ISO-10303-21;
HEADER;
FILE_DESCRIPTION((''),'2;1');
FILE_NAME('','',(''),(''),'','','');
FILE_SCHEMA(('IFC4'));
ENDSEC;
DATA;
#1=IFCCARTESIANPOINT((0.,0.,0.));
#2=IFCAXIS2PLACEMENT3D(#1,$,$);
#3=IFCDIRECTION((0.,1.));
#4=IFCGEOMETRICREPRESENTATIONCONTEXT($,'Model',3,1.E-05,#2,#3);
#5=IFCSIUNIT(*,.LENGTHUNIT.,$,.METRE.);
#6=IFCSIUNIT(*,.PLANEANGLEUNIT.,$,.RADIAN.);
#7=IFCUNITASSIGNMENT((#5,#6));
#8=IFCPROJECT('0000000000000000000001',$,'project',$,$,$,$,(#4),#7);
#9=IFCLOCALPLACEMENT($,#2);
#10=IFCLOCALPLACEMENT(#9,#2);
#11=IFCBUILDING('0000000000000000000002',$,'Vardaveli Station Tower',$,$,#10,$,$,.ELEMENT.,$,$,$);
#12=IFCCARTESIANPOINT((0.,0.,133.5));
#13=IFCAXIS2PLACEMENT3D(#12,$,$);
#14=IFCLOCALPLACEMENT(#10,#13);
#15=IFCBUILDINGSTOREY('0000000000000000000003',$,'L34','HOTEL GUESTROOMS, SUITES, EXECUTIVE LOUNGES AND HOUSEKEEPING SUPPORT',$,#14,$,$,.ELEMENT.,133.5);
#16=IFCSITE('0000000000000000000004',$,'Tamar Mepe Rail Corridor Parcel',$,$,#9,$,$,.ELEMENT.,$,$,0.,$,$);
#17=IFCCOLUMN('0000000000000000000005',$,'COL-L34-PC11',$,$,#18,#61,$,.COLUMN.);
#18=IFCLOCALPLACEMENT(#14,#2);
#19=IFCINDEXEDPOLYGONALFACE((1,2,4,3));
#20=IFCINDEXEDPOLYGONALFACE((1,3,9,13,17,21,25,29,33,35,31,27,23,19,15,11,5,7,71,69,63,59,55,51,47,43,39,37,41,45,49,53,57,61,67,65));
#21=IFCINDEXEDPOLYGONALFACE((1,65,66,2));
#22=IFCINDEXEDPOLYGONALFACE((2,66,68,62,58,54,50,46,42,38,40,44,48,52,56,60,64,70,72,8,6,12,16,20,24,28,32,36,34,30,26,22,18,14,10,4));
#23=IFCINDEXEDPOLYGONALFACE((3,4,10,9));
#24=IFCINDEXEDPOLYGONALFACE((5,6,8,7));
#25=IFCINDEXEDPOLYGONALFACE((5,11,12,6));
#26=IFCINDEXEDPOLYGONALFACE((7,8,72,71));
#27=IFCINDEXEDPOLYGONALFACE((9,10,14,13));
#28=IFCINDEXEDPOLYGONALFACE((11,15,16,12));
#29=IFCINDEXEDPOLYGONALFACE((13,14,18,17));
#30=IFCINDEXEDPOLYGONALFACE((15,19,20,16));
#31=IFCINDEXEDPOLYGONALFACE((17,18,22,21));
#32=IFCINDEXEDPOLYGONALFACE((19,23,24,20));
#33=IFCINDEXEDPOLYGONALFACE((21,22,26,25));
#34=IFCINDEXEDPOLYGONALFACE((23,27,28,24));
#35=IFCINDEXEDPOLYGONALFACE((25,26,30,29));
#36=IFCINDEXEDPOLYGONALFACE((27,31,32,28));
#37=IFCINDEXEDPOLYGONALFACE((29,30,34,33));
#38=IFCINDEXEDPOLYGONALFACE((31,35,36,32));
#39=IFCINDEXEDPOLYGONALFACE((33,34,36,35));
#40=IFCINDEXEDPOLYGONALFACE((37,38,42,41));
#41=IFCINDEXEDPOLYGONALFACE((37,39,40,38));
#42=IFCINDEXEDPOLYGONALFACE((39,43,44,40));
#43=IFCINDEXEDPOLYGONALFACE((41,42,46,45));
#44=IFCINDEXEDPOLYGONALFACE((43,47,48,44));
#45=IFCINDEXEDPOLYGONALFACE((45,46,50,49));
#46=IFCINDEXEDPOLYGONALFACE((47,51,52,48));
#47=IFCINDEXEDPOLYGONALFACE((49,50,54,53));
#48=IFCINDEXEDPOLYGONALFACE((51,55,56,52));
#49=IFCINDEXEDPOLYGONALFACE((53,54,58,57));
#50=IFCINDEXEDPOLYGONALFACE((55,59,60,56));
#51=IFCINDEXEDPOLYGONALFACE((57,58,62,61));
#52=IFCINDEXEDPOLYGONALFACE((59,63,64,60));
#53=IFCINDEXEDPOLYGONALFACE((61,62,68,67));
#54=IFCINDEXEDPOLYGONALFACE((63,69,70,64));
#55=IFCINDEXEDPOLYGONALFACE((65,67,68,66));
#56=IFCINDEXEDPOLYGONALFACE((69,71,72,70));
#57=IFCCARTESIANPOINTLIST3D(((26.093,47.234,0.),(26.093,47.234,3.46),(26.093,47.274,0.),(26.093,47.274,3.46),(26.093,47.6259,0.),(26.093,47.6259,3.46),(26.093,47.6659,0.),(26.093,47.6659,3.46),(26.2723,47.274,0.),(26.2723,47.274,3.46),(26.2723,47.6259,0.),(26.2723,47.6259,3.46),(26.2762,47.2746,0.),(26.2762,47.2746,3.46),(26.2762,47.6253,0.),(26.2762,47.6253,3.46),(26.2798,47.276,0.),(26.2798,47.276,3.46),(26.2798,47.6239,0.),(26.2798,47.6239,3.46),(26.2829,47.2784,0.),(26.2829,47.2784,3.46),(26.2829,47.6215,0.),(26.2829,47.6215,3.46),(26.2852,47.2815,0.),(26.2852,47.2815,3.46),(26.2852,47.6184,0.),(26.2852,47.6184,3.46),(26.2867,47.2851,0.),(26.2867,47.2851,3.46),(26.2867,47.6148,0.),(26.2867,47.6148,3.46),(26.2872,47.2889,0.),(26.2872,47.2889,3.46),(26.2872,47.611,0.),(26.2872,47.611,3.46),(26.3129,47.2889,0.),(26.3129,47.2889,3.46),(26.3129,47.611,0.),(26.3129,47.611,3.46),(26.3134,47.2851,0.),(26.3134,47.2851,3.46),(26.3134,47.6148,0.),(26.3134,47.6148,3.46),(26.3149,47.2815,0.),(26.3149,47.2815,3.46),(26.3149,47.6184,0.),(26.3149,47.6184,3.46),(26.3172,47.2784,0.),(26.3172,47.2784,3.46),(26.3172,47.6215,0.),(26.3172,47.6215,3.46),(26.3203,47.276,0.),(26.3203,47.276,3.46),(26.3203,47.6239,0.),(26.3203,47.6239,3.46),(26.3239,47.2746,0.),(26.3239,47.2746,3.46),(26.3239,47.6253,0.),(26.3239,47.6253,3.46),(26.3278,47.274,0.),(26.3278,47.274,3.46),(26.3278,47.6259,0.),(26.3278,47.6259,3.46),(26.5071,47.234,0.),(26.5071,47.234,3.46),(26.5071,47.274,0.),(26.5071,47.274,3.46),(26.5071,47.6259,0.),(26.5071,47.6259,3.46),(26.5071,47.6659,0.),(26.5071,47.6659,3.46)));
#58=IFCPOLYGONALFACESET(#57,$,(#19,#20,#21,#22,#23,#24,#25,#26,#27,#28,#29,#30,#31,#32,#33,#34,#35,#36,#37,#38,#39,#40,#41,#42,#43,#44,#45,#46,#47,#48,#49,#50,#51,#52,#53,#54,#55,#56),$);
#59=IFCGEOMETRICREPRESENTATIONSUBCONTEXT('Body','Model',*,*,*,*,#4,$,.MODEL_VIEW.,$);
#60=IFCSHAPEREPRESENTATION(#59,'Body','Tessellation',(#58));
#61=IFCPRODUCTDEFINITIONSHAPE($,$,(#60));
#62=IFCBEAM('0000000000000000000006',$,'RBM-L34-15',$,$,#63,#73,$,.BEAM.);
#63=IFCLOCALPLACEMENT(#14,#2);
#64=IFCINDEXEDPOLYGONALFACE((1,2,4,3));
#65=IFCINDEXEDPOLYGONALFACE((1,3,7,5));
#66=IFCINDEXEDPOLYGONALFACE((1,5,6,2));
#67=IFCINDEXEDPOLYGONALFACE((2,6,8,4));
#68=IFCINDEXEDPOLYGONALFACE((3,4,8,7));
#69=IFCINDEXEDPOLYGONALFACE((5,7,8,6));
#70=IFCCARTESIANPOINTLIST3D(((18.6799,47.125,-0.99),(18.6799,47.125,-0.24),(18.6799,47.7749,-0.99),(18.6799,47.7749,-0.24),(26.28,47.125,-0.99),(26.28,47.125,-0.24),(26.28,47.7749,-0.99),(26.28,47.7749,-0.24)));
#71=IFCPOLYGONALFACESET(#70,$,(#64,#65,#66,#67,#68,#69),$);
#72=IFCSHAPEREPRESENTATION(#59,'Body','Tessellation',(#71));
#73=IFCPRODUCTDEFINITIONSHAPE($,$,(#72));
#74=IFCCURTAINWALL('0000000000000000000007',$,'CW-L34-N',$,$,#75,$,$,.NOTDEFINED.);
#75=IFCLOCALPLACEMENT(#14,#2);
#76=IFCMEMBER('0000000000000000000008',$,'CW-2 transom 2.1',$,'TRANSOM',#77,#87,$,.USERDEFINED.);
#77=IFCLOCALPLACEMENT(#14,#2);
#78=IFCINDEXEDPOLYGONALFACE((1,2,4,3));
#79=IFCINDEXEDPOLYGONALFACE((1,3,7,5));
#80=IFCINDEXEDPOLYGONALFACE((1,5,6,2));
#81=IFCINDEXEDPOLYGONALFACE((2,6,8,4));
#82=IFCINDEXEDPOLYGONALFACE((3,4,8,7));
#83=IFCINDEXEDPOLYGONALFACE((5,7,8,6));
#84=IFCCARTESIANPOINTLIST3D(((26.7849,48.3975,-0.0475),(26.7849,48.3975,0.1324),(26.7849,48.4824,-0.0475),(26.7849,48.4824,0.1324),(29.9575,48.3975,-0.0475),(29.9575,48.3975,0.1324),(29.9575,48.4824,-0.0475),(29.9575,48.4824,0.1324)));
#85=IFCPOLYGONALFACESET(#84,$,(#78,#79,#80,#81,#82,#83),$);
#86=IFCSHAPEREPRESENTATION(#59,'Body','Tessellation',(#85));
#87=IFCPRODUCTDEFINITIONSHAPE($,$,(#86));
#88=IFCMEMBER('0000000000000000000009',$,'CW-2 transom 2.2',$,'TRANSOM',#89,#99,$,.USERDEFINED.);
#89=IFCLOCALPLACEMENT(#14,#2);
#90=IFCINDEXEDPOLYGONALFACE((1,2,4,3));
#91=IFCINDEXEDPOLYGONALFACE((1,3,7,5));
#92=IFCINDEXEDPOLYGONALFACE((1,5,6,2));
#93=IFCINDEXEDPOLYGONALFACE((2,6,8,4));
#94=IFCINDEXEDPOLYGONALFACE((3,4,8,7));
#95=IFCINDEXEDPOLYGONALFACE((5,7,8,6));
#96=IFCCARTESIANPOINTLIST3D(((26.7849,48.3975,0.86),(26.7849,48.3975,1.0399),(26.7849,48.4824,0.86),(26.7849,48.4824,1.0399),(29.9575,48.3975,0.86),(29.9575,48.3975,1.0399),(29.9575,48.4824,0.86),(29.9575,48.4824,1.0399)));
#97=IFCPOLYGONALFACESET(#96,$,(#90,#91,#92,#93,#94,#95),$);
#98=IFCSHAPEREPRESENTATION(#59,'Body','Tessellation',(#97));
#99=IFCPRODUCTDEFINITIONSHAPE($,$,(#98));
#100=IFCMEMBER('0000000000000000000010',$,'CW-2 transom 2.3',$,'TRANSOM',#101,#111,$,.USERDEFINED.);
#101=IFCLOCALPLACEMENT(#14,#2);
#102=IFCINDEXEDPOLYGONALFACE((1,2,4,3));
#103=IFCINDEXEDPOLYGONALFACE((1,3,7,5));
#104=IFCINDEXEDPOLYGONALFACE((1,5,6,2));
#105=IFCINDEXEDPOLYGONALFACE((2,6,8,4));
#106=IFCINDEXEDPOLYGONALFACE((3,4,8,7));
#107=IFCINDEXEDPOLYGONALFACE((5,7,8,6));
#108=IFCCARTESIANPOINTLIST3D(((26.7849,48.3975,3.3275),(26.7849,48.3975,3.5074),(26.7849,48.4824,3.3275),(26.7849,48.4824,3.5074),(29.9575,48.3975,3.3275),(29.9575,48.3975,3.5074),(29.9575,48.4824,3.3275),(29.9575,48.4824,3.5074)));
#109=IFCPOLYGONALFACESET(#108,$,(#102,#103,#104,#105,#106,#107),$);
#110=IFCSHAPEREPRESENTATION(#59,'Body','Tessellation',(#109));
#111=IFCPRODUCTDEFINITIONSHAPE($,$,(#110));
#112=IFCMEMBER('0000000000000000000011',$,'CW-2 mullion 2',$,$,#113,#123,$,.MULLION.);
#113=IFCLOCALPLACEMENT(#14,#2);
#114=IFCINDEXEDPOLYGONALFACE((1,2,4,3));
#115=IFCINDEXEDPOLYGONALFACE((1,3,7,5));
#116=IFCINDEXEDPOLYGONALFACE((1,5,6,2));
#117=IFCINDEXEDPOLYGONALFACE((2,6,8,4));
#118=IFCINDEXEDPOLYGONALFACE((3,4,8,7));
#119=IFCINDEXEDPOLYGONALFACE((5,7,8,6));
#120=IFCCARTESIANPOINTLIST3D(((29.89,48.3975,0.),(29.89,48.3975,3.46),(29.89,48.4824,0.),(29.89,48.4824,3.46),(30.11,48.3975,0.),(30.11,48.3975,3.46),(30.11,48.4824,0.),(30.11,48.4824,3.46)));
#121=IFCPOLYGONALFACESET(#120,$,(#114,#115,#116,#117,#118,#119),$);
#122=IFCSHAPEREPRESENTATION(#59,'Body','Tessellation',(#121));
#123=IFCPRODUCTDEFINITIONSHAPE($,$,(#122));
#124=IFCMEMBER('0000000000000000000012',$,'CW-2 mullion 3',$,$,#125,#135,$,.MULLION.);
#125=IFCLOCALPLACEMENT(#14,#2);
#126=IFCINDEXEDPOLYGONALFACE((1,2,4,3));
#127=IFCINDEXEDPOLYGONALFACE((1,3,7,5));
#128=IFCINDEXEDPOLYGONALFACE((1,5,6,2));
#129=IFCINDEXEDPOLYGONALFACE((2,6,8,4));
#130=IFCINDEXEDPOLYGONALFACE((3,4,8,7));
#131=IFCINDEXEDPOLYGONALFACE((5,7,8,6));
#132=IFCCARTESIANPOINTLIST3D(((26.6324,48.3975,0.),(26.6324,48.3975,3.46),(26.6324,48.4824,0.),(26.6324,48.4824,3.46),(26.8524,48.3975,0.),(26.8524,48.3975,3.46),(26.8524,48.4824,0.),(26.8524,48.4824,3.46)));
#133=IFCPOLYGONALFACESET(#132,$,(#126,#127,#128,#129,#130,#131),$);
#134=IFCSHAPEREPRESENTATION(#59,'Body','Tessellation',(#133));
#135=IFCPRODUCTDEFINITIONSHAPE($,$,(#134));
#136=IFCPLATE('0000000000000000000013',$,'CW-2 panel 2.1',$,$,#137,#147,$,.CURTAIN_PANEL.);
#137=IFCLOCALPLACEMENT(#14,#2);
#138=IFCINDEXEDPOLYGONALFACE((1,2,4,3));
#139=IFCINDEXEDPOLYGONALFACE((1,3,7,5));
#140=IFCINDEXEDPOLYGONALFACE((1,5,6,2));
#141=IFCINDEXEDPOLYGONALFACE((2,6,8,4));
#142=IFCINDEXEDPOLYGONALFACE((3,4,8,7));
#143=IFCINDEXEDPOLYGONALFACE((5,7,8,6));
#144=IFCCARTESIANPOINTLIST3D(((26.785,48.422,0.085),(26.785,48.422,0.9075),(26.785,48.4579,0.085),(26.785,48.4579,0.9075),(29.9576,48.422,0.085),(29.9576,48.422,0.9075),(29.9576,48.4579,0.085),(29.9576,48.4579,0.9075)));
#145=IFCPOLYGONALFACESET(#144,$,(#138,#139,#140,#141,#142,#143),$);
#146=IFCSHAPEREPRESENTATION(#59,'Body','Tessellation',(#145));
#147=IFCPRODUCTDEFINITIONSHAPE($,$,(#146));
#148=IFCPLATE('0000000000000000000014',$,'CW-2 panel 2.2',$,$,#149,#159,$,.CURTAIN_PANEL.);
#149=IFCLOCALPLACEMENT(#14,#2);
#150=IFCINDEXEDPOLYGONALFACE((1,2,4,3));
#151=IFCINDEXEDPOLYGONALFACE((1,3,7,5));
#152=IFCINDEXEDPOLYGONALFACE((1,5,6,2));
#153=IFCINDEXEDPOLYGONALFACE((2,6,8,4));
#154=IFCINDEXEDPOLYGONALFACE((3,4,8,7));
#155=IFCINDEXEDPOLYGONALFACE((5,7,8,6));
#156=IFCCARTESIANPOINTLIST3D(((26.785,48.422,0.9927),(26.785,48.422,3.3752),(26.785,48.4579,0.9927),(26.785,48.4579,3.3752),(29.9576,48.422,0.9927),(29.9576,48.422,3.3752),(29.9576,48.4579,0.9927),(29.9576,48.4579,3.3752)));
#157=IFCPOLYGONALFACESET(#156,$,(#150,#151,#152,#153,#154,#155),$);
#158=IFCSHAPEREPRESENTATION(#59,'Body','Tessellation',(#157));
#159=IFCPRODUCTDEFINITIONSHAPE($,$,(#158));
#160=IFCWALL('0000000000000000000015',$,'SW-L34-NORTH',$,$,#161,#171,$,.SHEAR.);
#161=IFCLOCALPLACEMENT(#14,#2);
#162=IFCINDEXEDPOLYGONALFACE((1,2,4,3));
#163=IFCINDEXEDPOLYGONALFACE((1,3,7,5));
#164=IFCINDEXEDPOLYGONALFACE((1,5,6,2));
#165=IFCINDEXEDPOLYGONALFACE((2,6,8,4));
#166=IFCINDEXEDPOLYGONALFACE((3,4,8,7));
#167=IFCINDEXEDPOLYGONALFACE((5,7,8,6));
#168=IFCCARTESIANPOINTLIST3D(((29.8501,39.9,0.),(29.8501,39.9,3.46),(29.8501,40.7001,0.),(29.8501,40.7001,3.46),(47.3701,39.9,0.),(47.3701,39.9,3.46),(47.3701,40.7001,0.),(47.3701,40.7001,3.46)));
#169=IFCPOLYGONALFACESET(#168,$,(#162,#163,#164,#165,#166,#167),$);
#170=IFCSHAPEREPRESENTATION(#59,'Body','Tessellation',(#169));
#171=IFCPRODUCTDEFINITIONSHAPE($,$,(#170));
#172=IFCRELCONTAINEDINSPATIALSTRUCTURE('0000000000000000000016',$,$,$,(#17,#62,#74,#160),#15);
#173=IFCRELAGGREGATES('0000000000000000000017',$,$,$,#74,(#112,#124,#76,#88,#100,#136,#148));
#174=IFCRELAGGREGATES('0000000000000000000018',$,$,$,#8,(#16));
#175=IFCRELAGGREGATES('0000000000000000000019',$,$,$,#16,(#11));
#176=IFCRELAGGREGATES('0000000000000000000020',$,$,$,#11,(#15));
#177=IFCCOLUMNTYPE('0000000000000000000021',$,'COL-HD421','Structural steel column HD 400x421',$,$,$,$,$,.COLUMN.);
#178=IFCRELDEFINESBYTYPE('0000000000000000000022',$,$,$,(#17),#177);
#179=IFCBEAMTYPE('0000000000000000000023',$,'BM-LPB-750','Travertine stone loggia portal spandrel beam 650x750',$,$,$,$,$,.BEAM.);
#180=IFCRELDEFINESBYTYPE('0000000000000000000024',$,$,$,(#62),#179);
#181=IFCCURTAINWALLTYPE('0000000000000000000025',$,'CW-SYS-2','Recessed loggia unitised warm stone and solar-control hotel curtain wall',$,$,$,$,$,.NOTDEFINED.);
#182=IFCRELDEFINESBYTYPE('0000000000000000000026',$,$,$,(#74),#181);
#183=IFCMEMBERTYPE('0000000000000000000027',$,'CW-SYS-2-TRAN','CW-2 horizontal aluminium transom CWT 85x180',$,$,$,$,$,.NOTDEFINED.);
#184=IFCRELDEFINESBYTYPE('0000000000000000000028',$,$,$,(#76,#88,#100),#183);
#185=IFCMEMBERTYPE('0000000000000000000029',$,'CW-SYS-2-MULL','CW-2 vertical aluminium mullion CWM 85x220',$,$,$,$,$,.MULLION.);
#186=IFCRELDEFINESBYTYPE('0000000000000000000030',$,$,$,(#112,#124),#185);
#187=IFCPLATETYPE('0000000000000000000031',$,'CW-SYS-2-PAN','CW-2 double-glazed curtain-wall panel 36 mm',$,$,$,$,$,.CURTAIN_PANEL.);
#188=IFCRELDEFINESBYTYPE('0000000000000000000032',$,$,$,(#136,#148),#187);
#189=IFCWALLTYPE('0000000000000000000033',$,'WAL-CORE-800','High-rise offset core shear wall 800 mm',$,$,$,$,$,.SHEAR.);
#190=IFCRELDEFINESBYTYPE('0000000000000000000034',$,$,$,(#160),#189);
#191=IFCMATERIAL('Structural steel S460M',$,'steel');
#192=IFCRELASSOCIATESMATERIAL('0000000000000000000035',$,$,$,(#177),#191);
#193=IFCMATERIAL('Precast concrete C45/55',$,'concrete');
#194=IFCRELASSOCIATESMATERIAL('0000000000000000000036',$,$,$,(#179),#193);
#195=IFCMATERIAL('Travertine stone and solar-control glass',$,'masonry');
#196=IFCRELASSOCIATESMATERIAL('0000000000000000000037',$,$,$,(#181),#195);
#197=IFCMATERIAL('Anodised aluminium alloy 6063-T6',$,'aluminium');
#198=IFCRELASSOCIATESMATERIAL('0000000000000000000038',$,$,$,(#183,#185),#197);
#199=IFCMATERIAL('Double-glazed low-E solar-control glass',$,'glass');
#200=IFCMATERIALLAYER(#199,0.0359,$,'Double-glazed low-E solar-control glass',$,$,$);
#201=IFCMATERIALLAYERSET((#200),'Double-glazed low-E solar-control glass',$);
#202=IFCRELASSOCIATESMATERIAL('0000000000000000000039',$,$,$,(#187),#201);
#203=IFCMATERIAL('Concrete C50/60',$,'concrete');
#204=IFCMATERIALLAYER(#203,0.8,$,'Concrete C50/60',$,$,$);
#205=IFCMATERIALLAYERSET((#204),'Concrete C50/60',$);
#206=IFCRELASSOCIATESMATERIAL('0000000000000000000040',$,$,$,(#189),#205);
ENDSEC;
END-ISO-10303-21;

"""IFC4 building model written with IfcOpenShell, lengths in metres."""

from ifc_helpers import new_model, si_unit, direction, frame, frame_2d, origin, origin_2d, place, context, subcontext, project, spatial, rectangle, i_section, extrude, source, transform, mapped, material, layer, layer_set, material_profile, profile_set, type_object, element, aggregate, save


model = new_model("IFC4")

# Units and contexts
model_context = context("Model", 3, precision=1e-05, world=origin(), true_north=direction((0.0, 1.0)))
body_context = subcontext(model_context, "Body", "Model", "MODEL_VIEW")
ifc_project = project(units=[si_unit("LENGTHUNIT", "METRE"), si_unit("PLANEANGLEUNIT", "RADIAN")], contexts=[model_context])

# Site, building, storey
site_placement = place(None, origin())
site = spatial("IfcSite", under=ifc_project, at=site_placement, Name="Tamar Mepe Rail Corridor Parcel", CompositionType="ELEMENT", RefElevation=0.0)
building_placement = place(site_placement, origin())
building = spatial("IfcBuilding", under=site, at=building_placement, Name="Vardaveli Station Tower", CompositionType="ELEMENT")
storey_placement = place(building_placement, frame((0.0, 0.0, 133.5)))
storey = spatial("IfcBuildingStorey", under=building, at=storey_placement, Name="L34", Description="HOTEL GUESTROOMS, SUITES, EXECUTIVE LOUNGES AND HOUSEKEEPING SUPPORT", CompositionType="ELEMENT", Elevation=133.5)

# Column
ifc_material_1 = material(Name="Structural steel S460M", Category="steel")
ifc_material_profile_1 = material_profile(ifc_material_1, i_section(OverallWidth=0.4141, OverallDepth=0.4319, WebThickness=0.0256, FlangeThickness=0.04, FilletRadius=0.0149, at=origin_2d()), Name="HD 400x421")
ifc_profile_set_1 = profile_set([ifc_material_profile_1], Name="Structural steel S460M")
column_type = type_object("IfcColumnType", Name="COL-HD421", Description="Structural steel column HD 400x421", PredefinedType="COLUMN", material=ifc_profile_set_1)
shared_shape_1 = source(origin(), body_context, "Body", "SweptSolid", [
    extrude(i_section(OverallWidth=0.4141, OverallDepth=0.4319, WebThickness=0.0256, FlangeThickness=0.04, FilletRadius=0.0149, at=origin_2d()), origin(), (0.0, 0.0, 1.0), 3.46),
])
column_placement = place(storey_placement, frame((26.3, 47.45, 0.0), z_axis=(0.0, 0.0, 1.0), x_axis=(1.0, 0.0, 0.0)))
element("IfcColumn", 1, at=column_placement, inside=storey, type_object=column_type, Name="COL-L34-PC11", PredefinedType="COLUMN", context=body_context, shape_type="MappedRepresentation", body=[
    mapped(shared_shape_1, transform((0.0, 0.0, 0.0), scale=1.0)),
])

# Beam
ifc_material_2 = material(Name="Precast concrete C45/55", Category="concrete")
ifc_material_profile_2 = material_profile(ifc_material_2, rectangle(XDim=0.6499, YDim=0.75, at=origin_2d()), Name="LPB 650x750")
ifc_profile_set_2 = profile_set([ifc_material_profile_2], Name="Precast concrete C45/55")
beam_type = type_object("IfcBeamType", Name="BM-LPB-750", Description="Travertine stone loggia portal spandrel beam 650x750", PredefinedType="BEAM", material=ifc_profile_set_2)
shared_shape_2 = source(origin(), body_context, "Body", "SweptSolid", [
    extrude(rectangle(XDim=0.6499, YDim=0.75, at=origin_2d()), origin(), (0.0, 0.0, 1.0), 7.6001),
])
beam_placement = place(storey_placement, frame((26.28, 47.45, -0.615), z_axis=(-1.0, 0.0, 0.0), x_axis=(0.0, -1.0, 0.0)))
element("IfcBeam", 2, at=beam_placement, inside=storey, type_object=beam_type, Name="RBM-L34-15", PredefinedType="BEAM", context=body_context, shape_type="MappedRepresentation", body=[
    mapped(shared_shape_2, transform((0.0, 0.0, 0.0), scale=1.0)),
])

# Curtain wall, members, plates
ifc_material_3 = material(Name="Travertine stone and solar-control glass", Category="masonry")
curtain_wall_type = type_object("IfcCurtainWallType", Name="CW-SYS-2", Description="Recessed loggia unitised warm stone and solar-control hotel curtain wall", PredefinedType="NOTDEFINED", material=ifc_material_3)
curtain_wall_placement = place(storey_placement, origin())
curtain_wall = element("IfcCurtainWall", 3, at=curtain_wall_placement, inside=storey, type_object=curtain_wall_type, Name="CW-L34-N", PredefinedType="NOTDEFINED")
ifc_material_4 = material(Name="Anodised aluminium alloy 6063-T6", Category="aluminium")
ifc_material_profile_3 = material_profile(ifc_material_4, rectangle(XDim=0.085, YDim=0.1799, at=origin_2d()), Name="CWT 85x180")
ifc_profile_set_3 = profile_set([ifc_material_profile_3], Name="Anodised aluminium alloy 6063-T6")
member_type_1 = type_object("IfcMemberType", Name="CW-SYS-2-TRAN", Description="CW-2 horizontal aluminium transom CWT 85x180", PredefinedType="NOTDEFINED", material=ifc_profile_set_3)
shared_shape_3 = source(origin(), body_context, "Body", "SweptSolid", [
    extrude(rectangle(XDim=0.085, YDim=0.1799, at=origin_2d()), origin(), (0.0, 0.0, 1.0), 3.1726),
])
member_1_placement = place(storey_placement, frame((29.9575, 48.4399, 0.0425), z_axis=(-1.0, 0.0, 0.0), x_axis=(0.0, -1.0, 0.0)))
member_1 = element("IfcMember", 4, at=member_1_placement, type_object=member_type_1, Name="CW-2 transom 2.1", ObjectType="TRANSOM", PredefinedType="USERDEFINED", context=body_context, shape_type="MappedRepresentation", body=[
    mapped(shared_shape_3, transform((0.0, 0.0, 0.0), scale=1.0)),
])
member_2_placement = place(storey_placement, frame((29.9575, 48.4399, 0.95), z_axis=(-1.0, 0.0, 0.0), x_axis=(0.0, -1.0, 0.0)))
member_2 = element("IfcMember", 5, at=member_2_placement, type_object=member_type_1, Name="CW-2 transom 2.2", ObjectType="TRANSOM", PredefinedType="USERDEFINED", context=body_context, shape_type="MappedRepresentation", body=[
    mapped(shared_shape_3, transform((0.0, 0.0, 0.0), scale=1.0)),
])
member_3_placement = place(storey_placement, frame((29.9575, 48.4399, 3.4175), z_axis=(-1.0, 0.0, 0.0), x_axis=(0.0, -1.0, 0.0)))
member_3 = element("IfcMember", 6, at=member_3_placement, type_object=member_type_1, Name="CW-2 transom 2.3", ObjectType="TRANSOM", PredefinedType="USERDEFINED", context=body_context, shape_type="MappedRepresentation", body=[
    mapped(shared_shape_3, transform((0.0, 0.0, 0.0), scale=1.0)),
])
ifc_material_profile_4 = material_profile(ifc_material_4, rectangle(XDim=0.085, YDim=0.22, at=origin_2d()), Name="CWM 85x220")
ifc_profile_set_4 = profile_set([ifc_material_profile_4], Name="Anodised aluminium alloy 6063-T6")
member_type_2 = type_object("IfcMemberType", Name="CW-SYS-2-MULL", Description="CW-2 vertical aluminium mullion CWM 85x220", PredefinedType="MULLION", material=ifc_profile_set_4)
shared_shape_4 = source(origin(), body_context, "Body", "SweptSolid", [
    extrude(rectangle(XDim=0.085, YDim=0.22, at=origin_2d()), origin(), (0.0, 0.0, 1.0), 3.46),
])
member_4_placement = place(storey_placement, frame((30.0, 48.4399, 0.0), z_axis=(0.0, 0.0, 1.0), x_axis=(0.0, -1.0, 0.0)))
member_4 = element("IfcMember", 7, at=member_4_placement, type_object=member_type_2, Name="CW-2 mullion 2", PredefinedType="MULLION", context=body_context, shape_type="MappedRepresentation", body=[
    mapped(shared_shape_4, transform((0.0, 0.0, 0.0), scale=1.0)),
])
member_5_placement = place(storey_placement, frame((26.7424, 48.4399, 0.0), z_axis=(0.0, 0.0, 1.0), x_axis=(0.0, -1.0, 0.0)))
member_5 = element("IfcMember", 8, at=member_5_placement, type_object=member_type_2, Name="CW-2 mullion 3", PredefinedType="MULLION", context=body_context, shape_type="MappedRepresentation", body=[
    mapped(shared_shape_4, transform((0.0, 0.0, 0.0), scale=1.0)),
])
ifc_material_5 = material(Name="Double-glazed low-E solar-control glass", Category="glass")
ifc_layer_1 = layer(ifc_material_5, 0.0359, Name="Double-glazed low-E solar-control glass")
ifc_layer_set_1 = layer_set([ifc_layer_1], Name="Double-glazed low-E solar-control glass")
plate_type = type_object("IfcPlateType", Name="CW-SYS-2-PAN", Description="CW-2 double-glazed curtain-wall panel 36 mm", PredefinedType="CURTAIN_PANEL", material=ifc_layer_set_1)
shared_shape_5 = source(origin(), body_context, "Body", "SweptSolid", [
    extrude(rectangle(XDim=3.1726, YDim=0.0359, at=origin_2d()), origin(), (0.0, 0.0, 1.0), 0.8225),
])
plate_1_placement = place(storey_placement, frame((28.3713, 48.4399, 0.085), z_axis=(0.0, 0.0, 1.0), x_axis=(-1.0, 0.0, 0.0)))
plate_1 = element("IfcPlate", 9, at=plate_1_placement, type_object=plate_type, Name="CW-2 panel 2.1", PredefinedType="CURTAIN_PANEL", context=body_context, shape_type="MappedRepresentation", body=[
    mapped(shared_shape_5, transform((0.0, 0.0, 0.0), scale=1.0)),
])
shared_shape_6 = source(origin(), body_context, "Body", "SweptSolid", [
    extrude(rectangle(XDim=3.1726, YDim=0.0359, at=origin_2d()), origin(), (0.0, 0.0, 1.0), 2.3826),
])
plate_2_placement = place(storey_placement, frame((28.3713, 48.4399, 0.9927), z_axis=(0.0, 0.0, 1.0), x_axis=(-1.0, 0.0, 0.0)))
plate_2 = element("IfcPlate", 10, at=plate_2_placement, type_object=plate_type, Name="CW-2 panel 2.2", PredefinedType="CURTAIN_PANEL", context=body_context, shape_type="MappedRepresentation", body=[
    mapped(shared_shape_6, transform((0.0, 0.0, 0.0), scale=1.0)),
])
aggregate(curtain_wall, [member_4, member_5, member_1, member_2, member_3, plate_1, plate_2])

# Wall
ifc_material_6 = material(Name="Concrete C50/60", Category="concrete")
ifc_layer_2 = layer(ifc_material_6, 0.8, Name="Concrete C50/60")
ifc_layer_set_2 = layer_set([ifc_layer_2], Name="Concrete C50/60")
wall_type_1 = type_object("IfcWallType", Name="WAL-CORE-800", Description="High-rise offset core shear wall 800 mm", PredefinedType="SHEAR", material=ifc_layer_set_2)
shared_shape_7 = source(origin(), body_context, "Body", "SweptSolid", [
    extrude(rectangle(XDim=17.52, YDim=0.8, at=frame_2d((8.76, 0.0))), origin(), (0.0, 0.0, 1.0), 3.46),
])
wall_1_placement = place(storey_placement, frame((29.8501, 40.3, 0.0), z_axis=(0.0, 0.0, 1.0), x_axis=(1.0, 0.0, 0.0)))
element("IfcWall", 11, at=wall_1_placement, inside=storey, type_object=wall_type_1, Name="SW-L34-NORTH", PredefinedType="SHEAR", context=body_context, shape_type="MappedRepresentation", body=[
    mapped(shared_shape_7, transform((0.0, 0.0, 0.0), scale=1.0)),
])

save(model, "model.ifc")
